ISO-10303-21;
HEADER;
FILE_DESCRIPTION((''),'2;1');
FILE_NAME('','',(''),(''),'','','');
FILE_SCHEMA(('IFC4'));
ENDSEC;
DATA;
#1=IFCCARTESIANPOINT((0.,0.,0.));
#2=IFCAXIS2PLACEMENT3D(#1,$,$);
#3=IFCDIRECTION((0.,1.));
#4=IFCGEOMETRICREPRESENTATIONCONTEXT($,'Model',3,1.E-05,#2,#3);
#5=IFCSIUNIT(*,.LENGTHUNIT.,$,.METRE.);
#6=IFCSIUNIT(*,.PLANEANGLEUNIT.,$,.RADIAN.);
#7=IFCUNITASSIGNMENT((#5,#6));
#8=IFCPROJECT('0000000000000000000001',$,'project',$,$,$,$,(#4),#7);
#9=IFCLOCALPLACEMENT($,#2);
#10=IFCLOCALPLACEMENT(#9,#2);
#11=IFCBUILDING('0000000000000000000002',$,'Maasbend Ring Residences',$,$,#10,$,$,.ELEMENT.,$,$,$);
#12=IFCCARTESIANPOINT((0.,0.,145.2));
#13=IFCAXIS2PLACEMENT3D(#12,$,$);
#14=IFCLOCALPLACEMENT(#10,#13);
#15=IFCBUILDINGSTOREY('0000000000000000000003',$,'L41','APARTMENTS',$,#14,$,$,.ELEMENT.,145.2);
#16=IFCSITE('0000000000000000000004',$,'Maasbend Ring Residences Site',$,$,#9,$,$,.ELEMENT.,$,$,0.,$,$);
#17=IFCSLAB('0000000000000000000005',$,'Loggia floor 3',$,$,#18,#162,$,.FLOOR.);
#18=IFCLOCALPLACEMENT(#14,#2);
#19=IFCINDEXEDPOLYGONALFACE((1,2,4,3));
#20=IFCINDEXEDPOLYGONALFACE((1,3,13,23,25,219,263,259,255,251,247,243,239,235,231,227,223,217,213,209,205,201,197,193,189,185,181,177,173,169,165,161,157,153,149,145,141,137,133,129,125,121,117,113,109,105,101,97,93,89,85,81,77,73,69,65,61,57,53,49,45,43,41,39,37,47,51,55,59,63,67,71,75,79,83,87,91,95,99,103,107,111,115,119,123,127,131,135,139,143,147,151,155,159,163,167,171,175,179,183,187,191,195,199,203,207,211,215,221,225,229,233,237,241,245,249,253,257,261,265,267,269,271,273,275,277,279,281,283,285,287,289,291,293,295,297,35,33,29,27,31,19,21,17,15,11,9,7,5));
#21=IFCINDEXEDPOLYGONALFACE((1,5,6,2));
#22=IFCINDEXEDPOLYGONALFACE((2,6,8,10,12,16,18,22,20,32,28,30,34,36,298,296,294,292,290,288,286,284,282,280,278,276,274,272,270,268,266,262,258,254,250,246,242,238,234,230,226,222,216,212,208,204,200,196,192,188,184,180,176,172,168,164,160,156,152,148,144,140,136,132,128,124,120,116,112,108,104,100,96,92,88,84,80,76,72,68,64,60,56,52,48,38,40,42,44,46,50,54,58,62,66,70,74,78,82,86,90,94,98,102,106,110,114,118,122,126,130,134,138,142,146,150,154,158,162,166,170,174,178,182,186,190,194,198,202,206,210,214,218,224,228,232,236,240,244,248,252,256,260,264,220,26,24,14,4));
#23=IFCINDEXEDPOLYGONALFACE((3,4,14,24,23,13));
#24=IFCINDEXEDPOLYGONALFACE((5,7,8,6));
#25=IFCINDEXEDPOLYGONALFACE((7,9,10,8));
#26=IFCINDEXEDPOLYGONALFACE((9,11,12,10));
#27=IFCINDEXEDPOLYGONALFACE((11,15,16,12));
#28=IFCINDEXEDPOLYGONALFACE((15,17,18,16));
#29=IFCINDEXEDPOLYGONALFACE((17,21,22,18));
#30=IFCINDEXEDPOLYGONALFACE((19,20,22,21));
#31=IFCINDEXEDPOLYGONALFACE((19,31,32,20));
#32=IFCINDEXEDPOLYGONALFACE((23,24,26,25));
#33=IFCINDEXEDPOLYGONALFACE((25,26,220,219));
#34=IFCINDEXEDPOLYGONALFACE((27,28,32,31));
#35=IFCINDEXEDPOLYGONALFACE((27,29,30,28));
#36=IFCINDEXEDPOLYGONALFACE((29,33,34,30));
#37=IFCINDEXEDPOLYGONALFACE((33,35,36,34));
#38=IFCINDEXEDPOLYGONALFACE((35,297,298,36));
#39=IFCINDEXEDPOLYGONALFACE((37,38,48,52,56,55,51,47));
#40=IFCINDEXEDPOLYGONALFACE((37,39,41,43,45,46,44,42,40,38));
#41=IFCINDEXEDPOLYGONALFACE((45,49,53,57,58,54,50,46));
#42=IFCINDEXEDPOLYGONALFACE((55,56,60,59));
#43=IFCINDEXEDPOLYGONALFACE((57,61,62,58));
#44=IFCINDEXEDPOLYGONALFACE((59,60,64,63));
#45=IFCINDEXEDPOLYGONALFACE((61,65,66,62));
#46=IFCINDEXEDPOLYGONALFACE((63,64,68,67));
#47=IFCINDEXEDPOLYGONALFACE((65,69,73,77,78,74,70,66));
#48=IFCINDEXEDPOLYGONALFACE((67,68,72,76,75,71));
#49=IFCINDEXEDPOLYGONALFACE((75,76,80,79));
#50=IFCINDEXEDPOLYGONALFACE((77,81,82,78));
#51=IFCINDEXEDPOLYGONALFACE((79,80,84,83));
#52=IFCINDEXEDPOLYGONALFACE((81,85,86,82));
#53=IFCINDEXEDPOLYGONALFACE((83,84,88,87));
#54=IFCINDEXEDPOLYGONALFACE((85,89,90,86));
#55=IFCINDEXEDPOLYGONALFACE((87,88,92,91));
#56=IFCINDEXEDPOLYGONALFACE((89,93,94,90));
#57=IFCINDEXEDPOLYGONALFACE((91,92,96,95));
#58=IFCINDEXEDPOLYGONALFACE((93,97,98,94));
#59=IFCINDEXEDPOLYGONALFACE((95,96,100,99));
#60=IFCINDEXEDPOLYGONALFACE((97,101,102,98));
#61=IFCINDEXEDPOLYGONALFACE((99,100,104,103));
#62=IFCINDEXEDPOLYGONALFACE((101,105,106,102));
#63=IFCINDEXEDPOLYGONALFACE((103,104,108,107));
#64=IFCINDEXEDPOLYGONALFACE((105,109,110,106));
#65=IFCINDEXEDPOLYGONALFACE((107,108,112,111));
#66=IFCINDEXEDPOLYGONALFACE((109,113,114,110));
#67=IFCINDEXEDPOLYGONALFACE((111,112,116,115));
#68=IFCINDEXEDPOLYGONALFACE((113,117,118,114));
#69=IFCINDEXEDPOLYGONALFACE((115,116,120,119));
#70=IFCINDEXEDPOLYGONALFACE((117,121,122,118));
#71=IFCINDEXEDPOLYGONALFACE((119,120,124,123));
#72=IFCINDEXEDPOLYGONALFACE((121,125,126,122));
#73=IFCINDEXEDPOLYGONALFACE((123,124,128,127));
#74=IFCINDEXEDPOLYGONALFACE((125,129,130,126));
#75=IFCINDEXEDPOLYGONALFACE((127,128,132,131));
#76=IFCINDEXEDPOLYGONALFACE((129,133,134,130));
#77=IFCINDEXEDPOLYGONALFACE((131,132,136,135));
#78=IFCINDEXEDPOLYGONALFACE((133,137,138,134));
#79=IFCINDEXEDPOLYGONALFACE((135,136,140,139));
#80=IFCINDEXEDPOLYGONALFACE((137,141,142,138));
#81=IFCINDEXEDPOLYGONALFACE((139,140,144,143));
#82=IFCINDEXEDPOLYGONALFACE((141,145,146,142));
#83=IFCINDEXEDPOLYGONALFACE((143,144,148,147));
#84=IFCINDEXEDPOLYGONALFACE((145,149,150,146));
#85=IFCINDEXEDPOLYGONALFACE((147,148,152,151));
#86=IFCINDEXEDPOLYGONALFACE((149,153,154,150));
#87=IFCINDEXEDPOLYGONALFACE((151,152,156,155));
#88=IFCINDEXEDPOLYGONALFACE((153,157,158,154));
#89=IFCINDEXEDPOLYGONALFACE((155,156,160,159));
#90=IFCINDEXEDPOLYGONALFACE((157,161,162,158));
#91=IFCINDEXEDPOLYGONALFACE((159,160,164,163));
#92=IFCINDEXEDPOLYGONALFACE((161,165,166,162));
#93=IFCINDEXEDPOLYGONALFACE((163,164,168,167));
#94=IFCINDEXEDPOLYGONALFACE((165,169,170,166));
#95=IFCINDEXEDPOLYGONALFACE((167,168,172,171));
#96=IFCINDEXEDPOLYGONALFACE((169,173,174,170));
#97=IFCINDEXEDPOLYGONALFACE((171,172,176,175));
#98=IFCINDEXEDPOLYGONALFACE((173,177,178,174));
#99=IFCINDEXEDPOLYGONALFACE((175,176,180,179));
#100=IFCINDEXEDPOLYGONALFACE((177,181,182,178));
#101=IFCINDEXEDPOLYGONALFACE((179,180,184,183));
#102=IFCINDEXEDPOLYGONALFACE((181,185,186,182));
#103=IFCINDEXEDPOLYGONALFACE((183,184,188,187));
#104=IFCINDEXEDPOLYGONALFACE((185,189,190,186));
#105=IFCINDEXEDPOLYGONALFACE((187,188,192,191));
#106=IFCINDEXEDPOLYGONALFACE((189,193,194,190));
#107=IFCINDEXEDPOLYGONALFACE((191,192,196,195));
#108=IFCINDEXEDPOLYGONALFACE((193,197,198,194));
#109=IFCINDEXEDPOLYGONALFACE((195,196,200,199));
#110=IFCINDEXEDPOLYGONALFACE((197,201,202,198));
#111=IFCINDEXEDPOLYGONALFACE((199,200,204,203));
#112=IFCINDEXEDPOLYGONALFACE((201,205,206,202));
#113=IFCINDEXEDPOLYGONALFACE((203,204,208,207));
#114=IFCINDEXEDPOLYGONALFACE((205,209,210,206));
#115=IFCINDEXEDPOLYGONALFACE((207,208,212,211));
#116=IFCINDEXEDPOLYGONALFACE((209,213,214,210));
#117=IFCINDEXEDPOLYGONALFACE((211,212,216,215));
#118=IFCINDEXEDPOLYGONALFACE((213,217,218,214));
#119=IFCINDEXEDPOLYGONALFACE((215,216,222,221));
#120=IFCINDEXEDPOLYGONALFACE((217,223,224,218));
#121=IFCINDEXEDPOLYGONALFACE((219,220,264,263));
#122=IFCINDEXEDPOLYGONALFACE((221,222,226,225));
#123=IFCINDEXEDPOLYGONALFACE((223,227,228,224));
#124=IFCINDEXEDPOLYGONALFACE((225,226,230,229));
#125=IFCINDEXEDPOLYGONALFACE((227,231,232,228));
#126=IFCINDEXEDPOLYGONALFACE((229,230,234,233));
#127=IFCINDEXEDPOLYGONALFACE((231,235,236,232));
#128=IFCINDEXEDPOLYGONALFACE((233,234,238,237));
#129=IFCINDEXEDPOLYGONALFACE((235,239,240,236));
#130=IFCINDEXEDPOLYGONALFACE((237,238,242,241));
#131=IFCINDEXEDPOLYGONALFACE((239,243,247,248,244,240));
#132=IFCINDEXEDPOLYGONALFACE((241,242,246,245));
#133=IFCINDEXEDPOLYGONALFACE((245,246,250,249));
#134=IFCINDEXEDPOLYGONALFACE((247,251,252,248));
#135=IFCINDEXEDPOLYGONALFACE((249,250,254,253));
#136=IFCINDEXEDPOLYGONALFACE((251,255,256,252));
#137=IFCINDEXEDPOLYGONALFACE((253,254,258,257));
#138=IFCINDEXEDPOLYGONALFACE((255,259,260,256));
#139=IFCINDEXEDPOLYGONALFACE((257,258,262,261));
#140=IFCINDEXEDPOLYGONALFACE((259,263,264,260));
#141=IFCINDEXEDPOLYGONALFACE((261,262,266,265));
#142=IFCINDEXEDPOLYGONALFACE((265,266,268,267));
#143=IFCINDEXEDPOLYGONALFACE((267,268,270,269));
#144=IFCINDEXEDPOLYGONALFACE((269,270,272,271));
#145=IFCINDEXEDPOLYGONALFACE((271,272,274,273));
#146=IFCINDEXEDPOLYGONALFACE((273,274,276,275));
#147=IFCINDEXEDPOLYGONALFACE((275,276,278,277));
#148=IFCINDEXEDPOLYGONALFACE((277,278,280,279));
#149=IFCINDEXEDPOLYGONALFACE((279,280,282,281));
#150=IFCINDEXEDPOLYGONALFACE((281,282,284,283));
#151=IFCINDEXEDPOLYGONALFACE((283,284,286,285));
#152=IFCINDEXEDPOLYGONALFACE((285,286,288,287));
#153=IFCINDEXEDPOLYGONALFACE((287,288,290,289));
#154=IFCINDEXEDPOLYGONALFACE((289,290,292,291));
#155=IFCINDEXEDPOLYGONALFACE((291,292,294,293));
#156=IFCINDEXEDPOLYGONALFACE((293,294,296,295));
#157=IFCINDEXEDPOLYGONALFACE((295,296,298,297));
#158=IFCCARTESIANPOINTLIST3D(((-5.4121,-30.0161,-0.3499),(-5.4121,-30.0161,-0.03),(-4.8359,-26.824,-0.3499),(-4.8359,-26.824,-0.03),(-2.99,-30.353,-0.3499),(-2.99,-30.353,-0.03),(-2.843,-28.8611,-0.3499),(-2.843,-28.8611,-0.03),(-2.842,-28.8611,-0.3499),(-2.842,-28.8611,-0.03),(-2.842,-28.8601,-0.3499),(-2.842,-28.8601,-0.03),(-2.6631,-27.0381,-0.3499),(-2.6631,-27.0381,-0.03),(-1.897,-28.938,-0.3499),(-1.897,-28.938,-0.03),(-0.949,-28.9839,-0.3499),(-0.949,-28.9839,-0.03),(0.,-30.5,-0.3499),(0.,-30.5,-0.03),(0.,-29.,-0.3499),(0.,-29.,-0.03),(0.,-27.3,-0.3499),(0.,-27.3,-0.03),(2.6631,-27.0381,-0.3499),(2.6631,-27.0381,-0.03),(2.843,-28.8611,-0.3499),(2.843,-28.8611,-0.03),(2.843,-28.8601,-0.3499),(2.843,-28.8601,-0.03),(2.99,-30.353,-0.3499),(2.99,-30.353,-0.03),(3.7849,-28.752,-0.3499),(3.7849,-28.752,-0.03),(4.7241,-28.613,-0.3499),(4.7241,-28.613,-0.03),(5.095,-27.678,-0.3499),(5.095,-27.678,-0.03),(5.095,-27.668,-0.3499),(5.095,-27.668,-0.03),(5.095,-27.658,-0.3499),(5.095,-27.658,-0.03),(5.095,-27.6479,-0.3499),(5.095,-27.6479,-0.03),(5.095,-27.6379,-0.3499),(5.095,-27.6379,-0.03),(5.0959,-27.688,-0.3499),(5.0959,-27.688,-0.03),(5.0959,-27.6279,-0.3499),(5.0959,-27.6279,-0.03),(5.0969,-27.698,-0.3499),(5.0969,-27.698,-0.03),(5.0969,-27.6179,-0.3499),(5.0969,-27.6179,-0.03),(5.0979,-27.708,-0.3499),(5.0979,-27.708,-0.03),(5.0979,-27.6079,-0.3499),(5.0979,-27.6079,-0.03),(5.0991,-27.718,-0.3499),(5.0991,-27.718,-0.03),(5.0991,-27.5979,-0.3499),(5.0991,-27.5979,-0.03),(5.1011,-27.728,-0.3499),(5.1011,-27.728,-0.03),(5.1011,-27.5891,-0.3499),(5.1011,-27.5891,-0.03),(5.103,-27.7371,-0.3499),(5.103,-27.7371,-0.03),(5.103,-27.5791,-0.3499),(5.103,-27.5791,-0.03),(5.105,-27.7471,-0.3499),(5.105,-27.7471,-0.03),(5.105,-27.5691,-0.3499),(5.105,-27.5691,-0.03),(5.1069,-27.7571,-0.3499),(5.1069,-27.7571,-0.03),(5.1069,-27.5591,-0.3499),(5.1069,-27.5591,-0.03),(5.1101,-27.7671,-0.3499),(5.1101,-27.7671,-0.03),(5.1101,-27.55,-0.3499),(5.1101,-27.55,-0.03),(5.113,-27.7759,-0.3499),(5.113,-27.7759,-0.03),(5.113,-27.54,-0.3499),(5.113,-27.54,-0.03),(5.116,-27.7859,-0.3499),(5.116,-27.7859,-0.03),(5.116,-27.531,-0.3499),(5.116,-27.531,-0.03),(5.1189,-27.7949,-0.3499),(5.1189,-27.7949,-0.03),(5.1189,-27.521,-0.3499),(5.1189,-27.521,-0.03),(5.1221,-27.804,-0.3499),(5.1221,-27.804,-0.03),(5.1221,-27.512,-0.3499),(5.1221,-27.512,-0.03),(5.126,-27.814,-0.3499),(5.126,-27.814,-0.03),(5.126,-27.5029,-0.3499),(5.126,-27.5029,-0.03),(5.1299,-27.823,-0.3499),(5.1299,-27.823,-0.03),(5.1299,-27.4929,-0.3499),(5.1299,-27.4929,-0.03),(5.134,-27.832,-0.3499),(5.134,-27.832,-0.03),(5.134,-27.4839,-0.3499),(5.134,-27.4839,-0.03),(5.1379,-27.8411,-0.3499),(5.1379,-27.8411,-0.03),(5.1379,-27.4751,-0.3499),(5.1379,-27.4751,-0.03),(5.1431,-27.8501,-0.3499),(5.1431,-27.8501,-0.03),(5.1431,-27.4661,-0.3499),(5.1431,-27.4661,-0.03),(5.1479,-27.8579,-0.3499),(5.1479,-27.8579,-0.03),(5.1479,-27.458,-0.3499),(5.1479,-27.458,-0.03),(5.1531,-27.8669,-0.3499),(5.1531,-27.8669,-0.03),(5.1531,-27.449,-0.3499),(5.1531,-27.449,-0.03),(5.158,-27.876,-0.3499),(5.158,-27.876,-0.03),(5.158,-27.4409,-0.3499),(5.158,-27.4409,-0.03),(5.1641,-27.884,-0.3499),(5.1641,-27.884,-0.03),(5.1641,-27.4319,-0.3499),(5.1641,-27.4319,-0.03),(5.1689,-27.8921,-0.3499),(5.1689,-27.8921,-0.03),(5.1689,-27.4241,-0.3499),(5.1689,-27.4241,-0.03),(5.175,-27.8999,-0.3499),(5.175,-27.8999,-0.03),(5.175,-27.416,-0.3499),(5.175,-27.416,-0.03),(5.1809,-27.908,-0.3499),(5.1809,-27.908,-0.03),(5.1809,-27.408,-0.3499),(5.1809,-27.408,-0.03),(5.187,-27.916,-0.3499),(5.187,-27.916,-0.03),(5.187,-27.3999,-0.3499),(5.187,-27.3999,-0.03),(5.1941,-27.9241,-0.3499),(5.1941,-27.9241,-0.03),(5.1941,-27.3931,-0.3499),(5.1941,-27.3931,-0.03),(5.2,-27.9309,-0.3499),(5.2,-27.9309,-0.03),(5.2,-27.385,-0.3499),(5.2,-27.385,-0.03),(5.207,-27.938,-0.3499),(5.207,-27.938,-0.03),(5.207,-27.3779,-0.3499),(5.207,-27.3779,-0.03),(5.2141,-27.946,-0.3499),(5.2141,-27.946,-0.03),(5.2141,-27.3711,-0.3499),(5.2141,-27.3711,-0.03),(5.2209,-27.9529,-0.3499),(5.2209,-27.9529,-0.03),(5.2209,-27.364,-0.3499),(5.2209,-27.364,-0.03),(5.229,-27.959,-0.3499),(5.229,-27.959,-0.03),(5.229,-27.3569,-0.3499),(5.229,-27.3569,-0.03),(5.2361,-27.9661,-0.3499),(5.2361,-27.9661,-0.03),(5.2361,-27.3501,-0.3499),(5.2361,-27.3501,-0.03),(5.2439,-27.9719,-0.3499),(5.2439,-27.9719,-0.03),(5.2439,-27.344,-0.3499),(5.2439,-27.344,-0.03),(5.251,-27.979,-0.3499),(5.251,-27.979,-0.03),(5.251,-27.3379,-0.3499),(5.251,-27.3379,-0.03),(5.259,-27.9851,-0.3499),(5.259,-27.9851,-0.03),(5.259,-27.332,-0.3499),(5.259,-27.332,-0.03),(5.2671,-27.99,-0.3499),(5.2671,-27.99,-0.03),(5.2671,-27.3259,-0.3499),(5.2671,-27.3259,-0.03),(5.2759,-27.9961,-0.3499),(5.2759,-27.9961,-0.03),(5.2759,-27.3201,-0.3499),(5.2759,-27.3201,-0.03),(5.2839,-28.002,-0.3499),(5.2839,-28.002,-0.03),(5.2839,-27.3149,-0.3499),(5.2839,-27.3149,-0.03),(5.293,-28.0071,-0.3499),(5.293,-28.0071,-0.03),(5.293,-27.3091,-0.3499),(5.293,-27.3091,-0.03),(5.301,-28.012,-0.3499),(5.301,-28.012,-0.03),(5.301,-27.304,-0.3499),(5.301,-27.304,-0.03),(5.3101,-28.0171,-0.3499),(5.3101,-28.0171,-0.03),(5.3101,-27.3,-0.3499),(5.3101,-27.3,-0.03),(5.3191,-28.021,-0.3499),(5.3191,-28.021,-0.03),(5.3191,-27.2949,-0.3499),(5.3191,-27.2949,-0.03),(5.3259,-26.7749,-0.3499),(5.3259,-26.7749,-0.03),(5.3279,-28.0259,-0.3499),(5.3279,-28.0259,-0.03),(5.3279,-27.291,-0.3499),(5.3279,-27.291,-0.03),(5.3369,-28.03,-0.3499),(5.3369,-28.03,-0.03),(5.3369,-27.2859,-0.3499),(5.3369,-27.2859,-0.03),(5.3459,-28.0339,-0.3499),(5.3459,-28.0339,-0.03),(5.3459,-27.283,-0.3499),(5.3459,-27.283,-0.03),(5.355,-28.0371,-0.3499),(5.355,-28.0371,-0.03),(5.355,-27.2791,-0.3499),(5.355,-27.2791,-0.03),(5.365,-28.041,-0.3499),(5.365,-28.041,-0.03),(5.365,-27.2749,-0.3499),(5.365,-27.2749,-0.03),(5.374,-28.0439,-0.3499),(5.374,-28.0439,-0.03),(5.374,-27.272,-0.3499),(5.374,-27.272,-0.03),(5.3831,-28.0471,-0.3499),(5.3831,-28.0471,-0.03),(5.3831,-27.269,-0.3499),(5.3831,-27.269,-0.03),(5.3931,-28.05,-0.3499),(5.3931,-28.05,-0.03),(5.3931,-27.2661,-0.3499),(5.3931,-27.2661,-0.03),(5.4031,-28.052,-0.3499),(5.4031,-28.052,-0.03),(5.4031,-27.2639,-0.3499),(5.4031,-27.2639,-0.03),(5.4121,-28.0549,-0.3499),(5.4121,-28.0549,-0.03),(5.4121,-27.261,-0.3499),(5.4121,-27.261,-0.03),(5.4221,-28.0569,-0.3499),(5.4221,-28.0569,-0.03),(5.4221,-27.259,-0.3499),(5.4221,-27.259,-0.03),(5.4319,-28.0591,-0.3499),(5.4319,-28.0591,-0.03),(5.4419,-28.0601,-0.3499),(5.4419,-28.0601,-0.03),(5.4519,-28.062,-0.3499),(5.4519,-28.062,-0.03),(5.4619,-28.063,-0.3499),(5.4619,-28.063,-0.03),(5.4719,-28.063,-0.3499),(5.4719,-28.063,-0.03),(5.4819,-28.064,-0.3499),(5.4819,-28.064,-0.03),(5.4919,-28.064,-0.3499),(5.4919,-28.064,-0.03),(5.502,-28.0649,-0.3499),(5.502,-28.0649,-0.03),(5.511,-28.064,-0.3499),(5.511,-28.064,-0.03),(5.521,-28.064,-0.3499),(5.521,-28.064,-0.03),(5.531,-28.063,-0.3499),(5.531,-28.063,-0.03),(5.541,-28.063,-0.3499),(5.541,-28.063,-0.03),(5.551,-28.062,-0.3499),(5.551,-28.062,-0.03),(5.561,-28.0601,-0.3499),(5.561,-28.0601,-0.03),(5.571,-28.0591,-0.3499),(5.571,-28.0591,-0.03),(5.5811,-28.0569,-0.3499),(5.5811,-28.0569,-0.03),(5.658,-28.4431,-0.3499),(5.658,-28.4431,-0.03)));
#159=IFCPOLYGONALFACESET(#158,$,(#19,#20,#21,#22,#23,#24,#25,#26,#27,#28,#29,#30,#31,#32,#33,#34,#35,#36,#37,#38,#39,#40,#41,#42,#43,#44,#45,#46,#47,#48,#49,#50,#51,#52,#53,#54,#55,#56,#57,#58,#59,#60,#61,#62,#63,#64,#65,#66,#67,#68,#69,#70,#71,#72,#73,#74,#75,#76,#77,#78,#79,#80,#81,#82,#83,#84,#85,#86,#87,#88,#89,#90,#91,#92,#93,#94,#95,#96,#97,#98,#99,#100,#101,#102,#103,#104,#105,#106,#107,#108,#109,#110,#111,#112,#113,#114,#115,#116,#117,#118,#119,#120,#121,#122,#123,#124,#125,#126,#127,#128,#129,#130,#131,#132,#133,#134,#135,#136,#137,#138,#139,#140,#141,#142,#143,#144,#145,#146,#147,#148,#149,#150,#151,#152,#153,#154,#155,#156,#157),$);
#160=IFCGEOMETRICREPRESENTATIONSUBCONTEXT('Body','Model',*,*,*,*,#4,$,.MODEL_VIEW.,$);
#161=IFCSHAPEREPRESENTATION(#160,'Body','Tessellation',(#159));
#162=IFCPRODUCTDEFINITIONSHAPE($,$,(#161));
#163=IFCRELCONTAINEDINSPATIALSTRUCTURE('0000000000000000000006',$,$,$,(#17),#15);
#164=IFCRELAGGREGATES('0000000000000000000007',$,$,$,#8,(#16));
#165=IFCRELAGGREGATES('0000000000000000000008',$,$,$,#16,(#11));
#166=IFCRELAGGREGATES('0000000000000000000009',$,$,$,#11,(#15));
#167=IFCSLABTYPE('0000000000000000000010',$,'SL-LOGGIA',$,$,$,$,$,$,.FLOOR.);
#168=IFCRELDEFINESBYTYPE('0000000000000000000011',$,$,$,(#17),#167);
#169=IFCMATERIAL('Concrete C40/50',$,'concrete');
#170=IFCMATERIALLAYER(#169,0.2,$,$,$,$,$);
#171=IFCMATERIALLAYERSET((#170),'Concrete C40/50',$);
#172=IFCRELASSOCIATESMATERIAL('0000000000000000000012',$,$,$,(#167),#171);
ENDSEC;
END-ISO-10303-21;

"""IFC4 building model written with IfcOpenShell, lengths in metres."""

from ifc_helpers import new_model, si_unit, direction, frame, origin, place, context, subcontext, project, spatial, polyline, outline, extrude, material, layer, layer_set, type_object, element, save


model = new_model("IFC4")

# Units and contexts
model_context = context("Model", 3, precision=1e-05, world=origin(), true_north=direction((0.0, 1.0)))
body_context = subcontext(model_context, "Body", "Model", "MODEL_VIEW")
ifc_project = project(units=[si_unit("LENGTHUNIT", "METRE"), si_unit("PLANEANGLEUNIT", "RADIAN")], contexts=[model_context])

# Site, building, storey
site_placement = place(None, origin())
site = spatial("IfcSite", under=ifc_project, at=site_placement, Name="Maasbend Ring Residences Site", CompositionType="ELEMENT", RefElevation=0.0)
building_placement = place(site_placement, origin())
building = spatial("IfcBuilding", under=site, at=building_placement, Name="Maasbend Ring Residences", CompositionType="ELEMENT")
storey_placement = place(building_placement, frame((0.0, 0.0, 145.2)))
storey = spatial("IfcBuildingStorey", under=building, at=storey_placement, Name="L41", Description="APARTMENTS", CompositionType="ELEMENT", Elevation=145.2)

# Slab
ifc_material_1 = material(Name="Concrete C40/50", Category="concrete")
ifc_layer_1 = layer(ifc_material_1, 0.2)
ifc_layer_set_1 = layer_set([ifc_layer_1], Name="Concrete C40/50")
slab_type = type_object("IfcSlabType", Name="SL-LOGGIA", PredefinedType="FLOOR", material=ifc_layer_set_1)
slab_1_placement = place(storey_placement, frame((0.0, 0.0, -0.3499)))
element("IfcSlab", 1, at=slab_1_placement, inside=storey, type_object=slab_type, Name="Loggia floor 3", PredefinedType="FLOOR", context=body_context, shape_type="SweptSolid", body=[
    extrude(outline(polyline([(-2.6631, -27.0381), (0.0, -27.3), (0.0, -27.3), (0.0, -27.3), (2.6631, -27.0381), (5.3259, -26.7749), (5.3259, -26.7749), (5.3259, -26.7749), (5.4221, -27.259), (5.4221, -27.259), (5.4121, -27.261), (5.4031, -27.2639), (5.3931, -27.2661), (5.3831, -27.269), (5.374, -27.272), (5.365, -27.2749), (5.355, -27.2791), (5.3459, -27.283), (5.3369, -27.2859), (5.3279, -27.291), (5.3191, -27.2949), (5.3101, -27.3), (5.301, -27.304), (5.293, -27.3091), (5.2839, -27.3149), (5.2759, -27.3201), (5.2671, -27.3259), (5.259, -27.332), (5.251, -27.3379), (5.2439, -27.344), (5.2361, -27.3501), (5.229, -27.3569), (5.2209, -27.364), (5.2141, -27.3711), (5.207, -27.3779), (5.2, -27.385), (5.1941, -27.3931), (5.187, -27.3999), (5.1809, -27.408), (5.175, -27.416), (5.1689, -27.4241), (5.1641, -27.4319), (5.158, -27.4409), (5.1531, -27.449), (5.1479, -27.458), (5.1431, -27.4661), (5.1379, -27.4751), (5.134, -27.4839), (5.1299, -27.4929), (5.126, -27.5029), (5.1221, -27.512), (5.1189, -27.521), (5.116, -27.531), (5.113, -27.54), (5.1101, -27.55), (5.1069, -27.5591), (5.105, -27.5691), (5.103, -27.5791), (5.1011, -27.5891), (5.0991, -27.5979), (5.0979, -27.6079), (5.0969, -27.6179), (5.0959, -27.6279), (5.095, -27.6379), (5.095, -27.6479), (5.095, -27.658), (5.095, -27.668), (5.095, -27.678), (5.0959, -27.688), (5.0969, -27.698), (5.0979, -27.708), (5.0991, -27.718), (5.1011, -27.728), (5.103, -27.7371), (5.105, -27.7471), (5.1069, -27.7571), (5.1101, -27.7671), (5.113, -27.7759), (5.116, -27.7859), (5.1189, -27.7949), (5.1221, -27.804), (5.126, -27.814), (5.1299, -27.823), (5.134, -27.832), (5.1379, -27.8411), (5.1431, -27.8501), (5.1479, -27.8579), (5.1531, -27.8669), (5.158, -27.876), (5.1641, -27.884), (5.1689, -27.8921), (5.175, -27.8999), (5.1809, -27.908), (5.187, -27.916), (5.1941, -27.9241), (5.2, -27.9309), (5.207, -27.938), (5.2141, -27.946), (5.2209, -27.9529), (5.229, -27.959), (5.2361, -27.9661), (5.2439, -27.9719), (5.251, -27.979), (5.259, -27.9851), (5.2671, -27.99), (5.2759, -27.9961), (5.2839, -28.002), (5.293, -28.0071), (5.301, -28.012), (5.3101, -28.0171), (5.3191, -28.021), (5.3279, -28.0259), (5.3369, -28.03), (5.3459, -28.0339), (5.355, -28.0371), (5.365, -28.041), (5.374, -28.0439), (5.3831, -28.0471), (5.3931, -28.05), (5.4031, -28.052), (5.4121, -28.0549), (5.4221, -28.0569), (5.4319, -28.0591), (5.4419, -28.0601), (5.4519, -28.062), (5.4619, -28.063), (5.4719, -28.063), (5.4819, -28.064), (5.4919, -28.064), (5.502, -28.0649), (5.511, -28.064), (5.521, -28.064), (5.531, -28.063), (5.541, -28.063), (5.551, -28.062), (5.561, -28.0601), (5.571, -28.0591), (5.5811, -28.0569), (5.5811, -28.0569), (5.658, -28.4431), (5.658, -28.4431), (5.658, -28.4431), (4.7241, -28.613), (4.7241, -28.613), (3.7849, -28.752), (3.7849, -28.752), (2.843, -28.8601), (2.843, -28.8601), (2.843, -28.8601), (2.843, -28.8601), (2.843, -28.8601), (2.843, -28.8601), (2.843, -28.8601), (2.843, -28.8601), (2.843, -28.8601), (2.843, -28.8611), (2.843, -28.8611), (2.843, -28.8611), (2.843, -28.8611), (2.843, -28.8611), (2.843, -28.8611), (2.843, -28.8611), (2.843, -28.8611), (2.99, -30.353), (2.99, -30.353), (2.99, -30.353), (0.0, -30.5), (0.0, -30.5), (0.0, -30.5), (0.0, -29.0), (0.0, -29.0), (0.0, -29.0), (0.0, -29.0), (0.0, -29.0), (0.0, -29.0), (0.0, -29.0), (0.0, -29.0), (0.0, -29.0), (0.0, -29.0), (0.0, -29.0), (0.0, -29.0), (0.0, -29.0), (0.0, -29.0), (0.0, -29.0), (0.0, -29.0), (0.0, -29.0), (-0.949, -28.9839), (-0.949, -28.9839), (-1.897, -28.938), (-1.897, -28.938), (-2.842, -28.8601), (-2.842, -28.8601), (-2.842, -28.8601), (-2.842, -28.8601), (-2.842, -28.8601), (-2.842, -28.8601), (-2.842, -28.8601), (-2.842, -28.8601), (-2.842, -28.8611), (-2.842, -28.8611), (-2.842, -28.8611), (-2.842, -28.8611), (-2.842, -28.8611), (-2.843, -28.8611), (-2.843, -28.8611), (-2.843, -28.8611), (-2.843, -28.8611), (-2.99, -30.353), (-2.99, -30.353), (-2.99, -30.353), (-5.4121, -30.0161), (-5.4121, -30.0161), (-5.4121, -30.0161), (-4.8359, -26.824), (-4.8359, -26.824), (-4.8359, -26.824), (-2.6631, -27.0381)])), origin(), (0.0, 0.0, 1.0), 0.3198),
])

save(model, "model.ifc")
